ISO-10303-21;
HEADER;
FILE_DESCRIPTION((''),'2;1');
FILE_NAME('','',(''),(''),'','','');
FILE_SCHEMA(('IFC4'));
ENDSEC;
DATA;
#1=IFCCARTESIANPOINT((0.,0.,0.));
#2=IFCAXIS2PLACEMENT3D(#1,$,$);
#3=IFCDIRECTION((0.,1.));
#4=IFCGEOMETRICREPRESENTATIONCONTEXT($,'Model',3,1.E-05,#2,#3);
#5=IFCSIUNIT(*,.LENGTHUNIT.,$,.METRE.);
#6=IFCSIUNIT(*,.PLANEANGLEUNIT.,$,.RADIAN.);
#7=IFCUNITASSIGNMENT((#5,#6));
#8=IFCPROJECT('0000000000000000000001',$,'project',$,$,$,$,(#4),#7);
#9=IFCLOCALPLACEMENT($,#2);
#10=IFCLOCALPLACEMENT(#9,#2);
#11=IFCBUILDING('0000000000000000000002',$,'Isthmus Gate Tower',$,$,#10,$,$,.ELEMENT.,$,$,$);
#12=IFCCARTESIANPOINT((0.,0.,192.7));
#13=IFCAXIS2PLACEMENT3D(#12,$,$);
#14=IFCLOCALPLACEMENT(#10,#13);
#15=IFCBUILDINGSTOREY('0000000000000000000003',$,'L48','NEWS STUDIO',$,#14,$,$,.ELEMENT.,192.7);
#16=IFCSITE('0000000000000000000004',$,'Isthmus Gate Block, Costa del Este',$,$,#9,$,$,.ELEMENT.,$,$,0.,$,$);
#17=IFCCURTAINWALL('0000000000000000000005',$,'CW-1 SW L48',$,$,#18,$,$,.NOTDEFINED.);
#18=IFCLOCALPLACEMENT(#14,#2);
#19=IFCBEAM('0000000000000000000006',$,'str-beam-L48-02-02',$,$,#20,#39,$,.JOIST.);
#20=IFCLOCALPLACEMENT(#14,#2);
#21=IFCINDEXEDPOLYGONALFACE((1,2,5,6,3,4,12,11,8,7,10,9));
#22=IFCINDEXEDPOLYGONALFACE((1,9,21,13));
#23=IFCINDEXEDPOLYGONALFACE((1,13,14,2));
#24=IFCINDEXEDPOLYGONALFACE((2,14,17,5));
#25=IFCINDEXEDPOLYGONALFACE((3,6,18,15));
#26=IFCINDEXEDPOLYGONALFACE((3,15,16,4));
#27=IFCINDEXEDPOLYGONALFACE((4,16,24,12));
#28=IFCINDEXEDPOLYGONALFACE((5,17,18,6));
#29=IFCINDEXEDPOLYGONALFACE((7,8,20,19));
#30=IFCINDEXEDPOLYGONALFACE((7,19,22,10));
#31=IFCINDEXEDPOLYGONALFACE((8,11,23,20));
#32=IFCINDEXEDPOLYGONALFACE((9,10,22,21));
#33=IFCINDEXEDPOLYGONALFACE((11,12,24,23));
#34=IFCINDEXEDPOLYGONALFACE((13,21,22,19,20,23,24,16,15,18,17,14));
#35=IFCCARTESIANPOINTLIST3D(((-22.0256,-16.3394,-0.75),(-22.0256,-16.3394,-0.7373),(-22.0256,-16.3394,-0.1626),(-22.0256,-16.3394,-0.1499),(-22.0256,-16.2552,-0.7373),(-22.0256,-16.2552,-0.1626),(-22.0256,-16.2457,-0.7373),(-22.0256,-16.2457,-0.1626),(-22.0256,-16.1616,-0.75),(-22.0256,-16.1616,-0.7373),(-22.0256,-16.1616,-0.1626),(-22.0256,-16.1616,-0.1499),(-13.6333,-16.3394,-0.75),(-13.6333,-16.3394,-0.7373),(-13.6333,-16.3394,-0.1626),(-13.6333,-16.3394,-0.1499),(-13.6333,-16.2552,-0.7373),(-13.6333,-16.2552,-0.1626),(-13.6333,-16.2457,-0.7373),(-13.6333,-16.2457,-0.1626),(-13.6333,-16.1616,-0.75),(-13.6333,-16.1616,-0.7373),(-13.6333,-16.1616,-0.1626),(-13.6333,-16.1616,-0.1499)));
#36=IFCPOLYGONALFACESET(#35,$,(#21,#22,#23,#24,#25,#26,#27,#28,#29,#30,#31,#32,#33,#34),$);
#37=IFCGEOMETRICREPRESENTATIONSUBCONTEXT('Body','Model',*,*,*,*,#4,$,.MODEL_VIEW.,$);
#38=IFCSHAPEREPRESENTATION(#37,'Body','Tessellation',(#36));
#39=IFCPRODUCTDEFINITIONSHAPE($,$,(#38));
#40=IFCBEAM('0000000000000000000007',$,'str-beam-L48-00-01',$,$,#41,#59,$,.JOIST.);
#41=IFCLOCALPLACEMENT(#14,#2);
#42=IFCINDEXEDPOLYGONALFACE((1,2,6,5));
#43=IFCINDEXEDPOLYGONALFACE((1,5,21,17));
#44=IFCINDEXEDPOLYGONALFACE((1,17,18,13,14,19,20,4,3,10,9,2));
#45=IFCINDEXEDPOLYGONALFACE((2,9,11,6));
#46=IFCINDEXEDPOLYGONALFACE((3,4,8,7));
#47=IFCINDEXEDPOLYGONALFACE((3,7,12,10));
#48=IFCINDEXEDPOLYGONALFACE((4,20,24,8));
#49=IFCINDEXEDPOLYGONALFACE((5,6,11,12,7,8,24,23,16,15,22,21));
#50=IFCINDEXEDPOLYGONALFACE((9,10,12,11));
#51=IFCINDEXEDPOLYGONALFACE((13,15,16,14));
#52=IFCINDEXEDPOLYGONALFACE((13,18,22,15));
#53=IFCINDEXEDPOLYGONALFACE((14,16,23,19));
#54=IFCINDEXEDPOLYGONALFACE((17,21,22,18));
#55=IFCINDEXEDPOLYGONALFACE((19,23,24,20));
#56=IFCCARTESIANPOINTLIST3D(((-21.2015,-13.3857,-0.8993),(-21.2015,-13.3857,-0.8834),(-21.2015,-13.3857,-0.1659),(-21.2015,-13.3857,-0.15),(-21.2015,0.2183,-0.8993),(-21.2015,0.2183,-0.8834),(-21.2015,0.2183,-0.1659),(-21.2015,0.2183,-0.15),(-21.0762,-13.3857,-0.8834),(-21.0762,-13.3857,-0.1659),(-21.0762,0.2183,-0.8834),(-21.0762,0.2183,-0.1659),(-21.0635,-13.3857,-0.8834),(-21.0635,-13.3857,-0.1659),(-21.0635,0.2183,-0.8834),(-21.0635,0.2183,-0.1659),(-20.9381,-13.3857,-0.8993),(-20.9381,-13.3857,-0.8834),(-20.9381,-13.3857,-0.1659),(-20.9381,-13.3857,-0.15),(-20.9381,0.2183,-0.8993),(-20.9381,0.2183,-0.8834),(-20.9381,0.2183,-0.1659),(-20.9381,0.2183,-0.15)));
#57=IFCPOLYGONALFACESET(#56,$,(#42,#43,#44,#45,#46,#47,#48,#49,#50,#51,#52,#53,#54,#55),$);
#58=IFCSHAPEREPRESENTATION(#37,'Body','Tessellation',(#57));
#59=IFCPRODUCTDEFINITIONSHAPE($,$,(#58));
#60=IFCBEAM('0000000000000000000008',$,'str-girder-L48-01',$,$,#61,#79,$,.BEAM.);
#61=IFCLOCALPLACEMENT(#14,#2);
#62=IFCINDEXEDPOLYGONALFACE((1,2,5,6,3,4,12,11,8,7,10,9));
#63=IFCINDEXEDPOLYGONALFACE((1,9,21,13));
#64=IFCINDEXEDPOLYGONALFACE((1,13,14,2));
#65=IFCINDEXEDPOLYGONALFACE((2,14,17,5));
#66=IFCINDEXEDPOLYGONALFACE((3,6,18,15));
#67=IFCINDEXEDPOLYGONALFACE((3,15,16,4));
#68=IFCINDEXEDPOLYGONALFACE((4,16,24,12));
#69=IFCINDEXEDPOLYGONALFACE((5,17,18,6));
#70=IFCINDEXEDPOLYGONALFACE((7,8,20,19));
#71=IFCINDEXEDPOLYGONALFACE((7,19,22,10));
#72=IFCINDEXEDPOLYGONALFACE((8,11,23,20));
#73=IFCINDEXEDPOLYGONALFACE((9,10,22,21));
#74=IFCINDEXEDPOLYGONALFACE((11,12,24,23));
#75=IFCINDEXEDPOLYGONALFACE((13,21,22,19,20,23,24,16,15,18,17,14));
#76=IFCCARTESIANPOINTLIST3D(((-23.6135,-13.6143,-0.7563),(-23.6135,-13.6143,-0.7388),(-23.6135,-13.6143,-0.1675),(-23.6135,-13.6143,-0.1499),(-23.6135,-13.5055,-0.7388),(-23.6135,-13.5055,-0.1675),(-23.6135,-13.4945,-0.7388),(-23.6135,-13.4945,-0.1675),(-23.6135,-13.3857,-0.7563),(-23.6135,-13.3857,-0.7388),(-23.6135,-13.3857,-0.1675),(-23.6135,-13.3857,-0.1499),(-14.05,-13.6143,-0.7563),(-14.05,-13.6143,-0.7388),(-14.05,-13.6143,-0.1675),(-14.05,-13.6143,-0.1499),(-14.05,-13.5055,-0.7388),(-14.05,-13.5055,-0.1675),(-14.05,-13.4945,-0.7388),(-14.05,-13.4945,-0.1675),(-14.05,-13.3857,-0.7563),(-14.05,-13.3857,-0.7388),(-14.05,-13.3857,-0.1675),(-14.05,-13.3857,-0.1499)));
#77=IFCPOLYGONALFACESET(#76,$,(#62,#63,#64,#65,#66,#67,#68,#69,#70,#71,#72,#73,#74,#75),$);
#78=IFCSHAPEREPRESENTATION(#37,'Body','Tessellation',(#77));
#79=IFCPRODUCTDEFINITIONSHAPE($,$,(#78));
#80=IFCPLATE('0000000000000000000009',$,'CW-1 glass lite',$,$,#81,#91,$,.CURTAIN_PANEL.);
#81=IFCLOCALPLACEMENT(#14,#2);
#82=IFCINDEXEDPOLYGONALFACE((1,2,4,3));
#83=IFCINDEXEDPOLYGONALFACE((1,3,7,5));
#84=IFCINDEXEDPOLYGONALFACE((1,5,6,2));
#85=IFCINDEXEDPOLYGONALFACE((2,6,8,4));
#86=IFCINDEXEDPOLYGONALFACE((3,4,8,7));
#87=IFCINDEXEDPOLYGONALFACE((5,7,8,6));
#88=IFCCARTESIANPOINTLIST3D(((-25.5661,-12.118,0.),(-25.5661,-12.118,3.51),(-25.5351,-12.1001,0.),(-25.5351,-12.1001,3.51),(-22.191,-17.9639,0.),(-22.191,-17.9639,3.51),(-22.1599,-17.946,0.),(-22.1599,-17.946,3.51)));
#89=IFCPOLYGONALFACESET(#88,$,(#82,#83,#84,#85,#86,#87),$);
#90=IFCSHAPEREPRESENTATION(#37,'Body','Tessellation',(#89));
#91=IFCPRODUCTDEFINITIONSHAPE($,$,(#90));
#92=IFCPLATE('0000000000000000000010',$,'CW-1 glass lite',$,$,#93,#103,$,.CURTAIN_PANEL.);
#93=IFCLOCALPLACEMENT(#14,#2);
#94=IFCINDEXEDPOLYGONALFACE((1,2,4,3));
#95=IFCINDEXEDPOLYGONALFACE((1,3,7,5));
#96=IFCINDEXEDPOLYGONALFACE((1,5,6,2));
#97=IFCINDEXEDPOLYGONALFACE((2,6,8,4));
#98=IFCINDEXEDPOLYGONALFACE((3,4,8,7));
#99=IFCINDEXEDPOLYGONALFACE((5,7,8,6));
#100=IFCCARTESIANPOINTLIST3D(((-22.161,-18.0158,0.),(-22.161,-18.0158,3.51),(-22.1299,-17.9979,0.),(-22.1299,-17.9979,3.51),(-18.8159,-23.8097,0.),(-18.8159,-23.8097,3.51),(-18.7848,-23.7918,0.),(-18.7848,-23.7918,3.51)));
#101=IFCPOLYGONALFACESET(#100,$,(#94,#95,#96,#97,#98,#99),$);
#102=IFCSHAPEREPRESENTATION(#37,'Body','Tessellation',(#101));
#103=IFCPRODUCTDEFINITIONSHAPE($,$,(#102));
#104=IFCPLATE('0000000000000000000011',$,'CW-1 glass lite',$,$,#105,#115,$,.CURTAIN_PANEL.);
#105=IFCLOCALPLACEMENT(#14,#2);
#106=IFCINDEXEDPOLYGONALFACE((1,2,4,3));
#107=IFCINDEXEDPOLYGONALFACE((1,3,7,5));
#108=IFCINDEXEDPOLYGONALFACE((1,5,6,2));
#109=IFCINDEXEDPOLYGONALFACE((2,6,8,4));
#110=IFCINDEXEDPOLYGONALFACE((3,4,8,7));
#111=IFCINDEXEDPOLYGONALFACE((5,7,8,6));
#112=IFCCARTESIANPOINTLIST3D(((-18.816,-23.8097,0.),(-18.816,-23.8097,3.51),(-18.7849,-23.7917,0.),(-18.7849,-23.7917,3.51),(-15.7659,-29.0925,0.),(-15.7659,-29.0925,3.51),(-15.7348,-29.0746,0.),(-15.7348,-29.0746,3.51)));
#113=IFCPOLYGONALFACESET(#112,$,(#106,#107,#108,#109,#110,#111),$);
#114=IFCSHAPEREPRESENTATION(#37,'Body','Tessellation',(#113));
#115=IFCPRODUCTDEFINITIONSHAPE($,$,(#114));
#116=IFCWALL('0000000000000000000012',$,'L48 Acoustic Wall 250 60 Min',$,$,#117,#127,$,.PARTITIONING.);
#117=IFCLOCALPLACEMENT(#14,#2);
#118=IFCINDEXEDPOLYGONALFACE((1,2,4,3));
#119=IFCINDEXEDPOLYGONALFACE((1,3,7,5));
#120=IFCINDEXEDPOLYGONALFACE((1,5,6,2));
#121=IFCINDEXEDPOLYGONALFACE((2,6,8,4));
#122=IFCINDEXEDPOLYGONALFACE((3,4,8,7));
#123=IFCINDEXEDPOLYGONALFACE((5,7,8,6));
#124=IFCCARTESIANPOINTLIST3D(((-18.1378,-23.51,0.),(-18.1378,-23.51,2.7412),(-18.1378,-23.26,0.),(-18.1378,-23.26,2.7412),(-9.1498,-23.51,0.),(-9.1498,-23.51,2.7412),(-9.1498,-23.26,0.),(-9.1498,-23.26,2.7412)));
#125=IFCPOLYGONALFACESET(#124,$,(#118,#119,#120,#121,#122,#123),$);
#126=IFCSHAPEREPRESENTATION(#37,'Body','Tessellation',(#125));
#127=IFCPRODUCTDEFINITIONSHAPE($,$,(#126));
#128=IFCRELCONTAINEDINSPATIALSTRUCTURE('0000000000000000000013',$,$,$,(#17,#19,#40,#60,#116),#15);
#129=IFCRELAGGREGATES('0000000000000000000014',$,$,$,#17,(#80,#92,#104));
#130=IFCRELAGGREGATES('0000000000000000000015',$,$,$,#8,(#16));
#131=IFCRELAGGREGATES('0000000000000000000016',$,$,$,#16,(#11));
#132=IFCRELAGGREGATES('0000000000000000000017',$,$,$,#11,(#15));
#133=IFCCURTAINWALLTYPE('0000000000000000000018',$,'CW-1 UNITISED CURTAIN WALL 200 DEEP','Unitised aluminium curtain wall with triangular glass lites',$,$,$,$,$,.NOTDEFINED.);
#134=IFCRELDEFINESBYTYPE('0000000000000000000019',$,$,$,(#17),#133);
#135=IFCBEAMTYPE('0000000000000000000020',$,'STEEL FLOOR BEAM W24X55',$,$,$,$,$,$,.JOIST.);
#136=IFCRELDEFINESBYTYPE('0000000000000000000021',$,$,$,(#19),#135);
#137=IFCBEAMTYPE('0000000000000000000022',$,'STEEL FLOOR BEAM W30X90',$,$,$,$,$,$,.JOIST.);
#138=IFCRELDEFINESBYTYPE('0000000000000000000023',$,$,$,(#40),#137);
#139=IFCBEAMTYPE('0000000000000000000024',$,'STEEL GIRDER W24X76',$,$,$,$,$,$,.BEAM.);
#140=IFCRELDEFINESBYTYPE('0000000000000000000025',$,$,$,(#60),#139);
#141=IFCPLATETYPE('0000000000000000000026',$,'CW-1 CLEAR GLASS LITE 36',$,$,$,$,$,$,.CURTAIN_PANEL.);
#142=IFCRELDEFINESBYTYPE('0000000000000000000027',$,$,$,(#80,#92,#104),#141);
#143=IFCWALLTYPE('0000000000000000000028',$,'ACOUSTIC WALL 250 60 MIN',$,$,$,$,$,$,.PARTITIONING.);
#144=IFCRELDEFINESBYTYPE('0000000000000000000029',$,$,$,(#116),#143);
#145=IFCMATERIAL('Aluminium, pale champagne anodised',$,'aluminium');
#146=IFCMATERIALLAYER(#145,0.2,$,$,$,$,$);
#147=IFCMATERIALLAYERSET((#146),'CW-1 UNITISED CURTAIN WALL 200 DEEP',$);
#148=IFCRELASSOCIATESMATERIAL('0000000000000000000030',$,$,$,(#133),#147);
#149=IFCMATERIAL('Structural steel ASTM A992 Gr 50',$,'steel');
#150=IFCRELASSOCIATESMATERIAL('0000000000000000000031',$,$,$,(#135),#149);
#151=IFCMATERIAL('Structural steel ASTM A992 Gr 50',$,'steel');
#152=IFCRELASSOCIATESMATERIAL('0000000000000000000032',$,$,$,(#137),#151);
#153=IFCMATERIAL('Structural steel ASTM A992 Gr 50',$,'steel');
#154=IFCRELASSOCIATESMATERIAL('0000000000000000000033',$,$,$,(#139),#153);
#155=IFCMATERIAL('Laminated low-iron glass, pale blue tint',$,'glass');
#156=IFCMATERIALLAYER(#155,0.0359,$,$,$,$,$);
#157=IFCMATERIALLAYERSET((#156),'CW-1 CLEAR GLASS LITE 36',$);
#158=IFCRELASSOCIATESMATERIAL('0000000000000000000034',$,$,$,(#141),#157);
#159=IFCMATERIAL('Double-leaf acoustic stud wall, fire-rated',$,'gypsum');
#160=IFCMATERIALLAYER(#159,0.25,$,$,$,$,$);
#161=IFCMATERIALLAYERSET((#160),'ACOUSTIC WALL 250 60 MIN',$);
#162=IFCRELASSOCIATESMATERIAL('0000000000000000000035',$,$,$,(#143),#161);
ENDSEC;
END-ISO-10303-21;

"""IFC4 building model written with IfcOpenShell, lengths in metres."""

from ifc_helpers import new_model, si_unit, direction, frame, frame_2d, origin, origin_2d, place, context, subcontext, project, spatial, rectangle, i_section, extrude, material, layer, layer_set, material_profile, profile_set, type_object, element, aggregate, save


model = new_model("IFC4")

# Units and contexts
model_context = context("Model", 3, precision=1e-05, world=origin(), true_north=direction((0.0, 1.0)))
body_context = subcontext(model_context, "Body", "Model", "MODEL_VIEW")
ifc_project = project(units=[si_unit("LENGTHUNIT", "METRE"), si_unit("PLANEANGLEUNIT", "RADIAN")], contexts=[model_context])

# Site, building, storey
site_placement = place(None, origin())
site = spatial("IfcSite", under=ifc_project, at=site_placement, Name="Isthmus Gate Block, Costa del Este", CompositionType="ELEMENT", RefElevation=0.0)
building_placement = place(site_placement, origin())
building = spatial("IfcBuilding", under=site, at=building_placement, Name="Isthmus Gate Tower", CompositionType="ELEMENT")
storey_placement = place(building_placement, frame((0.0, 0.0, 192.7)))
storey = spatial("IfcBuildingStorey", under=building, at=storey_placement, Name="L48", Description="NEWS STUDIO", CompositionType="ELEMENT", Elevation=192.7)

# Curtain wall
ifc_material_1 = material(Name="Aluminium, pale champagne anodised", Category="aluminium")
ifc_layer_1 = layer(ifc_material_1, 0.2)
ifc_layer_set_1 = layer_set([ifc_layer_1], Name="CW-1 UNITISED CURTAIN WALL 200 DEEP")
curtain_wall_type = type_object("IfcCurtainWallType", Name="CW-1 UNITISED CURTAIN WALL 200 DEEP", Description="Unitised aluminium curtain wall with triangular glass lites", PredefinedType="NOTDEFINED", material=ifc_layer_set_1)
curtain_wall_1_placement = place(storey_placement, origin())
curtain_wall_1 = element("IfcCurtainWall", 1, at=curtain_wall_1_placement, inside=storey, type_object=curtain_wall_type, Name="CW-1 SW L48", PredefinedType="NOTDEFINED")

# Beams
ifc_material_2 = material(Name="Structural steel ASTM A992 Gr 50", Category="steel")
ifc_material_profile_1 = material_profile(ifc_material_2, i_section(OverallWidth=0.1777, OverallDepth=0.6001, WebThickness=0.0095, FlangeThickness=0.0127, at=origin_2d()), Name="W24X55")
ifc_profile_set_1 = profile_set([ifc_material_profile_1], Name="Structural steel ASTM A992 Gr 50")
beam_type_1 = type_object("IfcBeamType", Name="STEEL FLOOR BEAM W24X55", PredefinedType="JOIST", material=ifc_profile_set_1)
beam_1_placement = place(storey_placement, frame((-22.0256, -16.2505, -0.45), z_axis=(1.0, 0.0, 0.0), x_axis=(0.0, 1.0, 0.0)))
element("IfcBeam", 2, at=beam_1_placement, inside=storey, type_object=beam_type_1, Name="str-beam-L48-02-02", PredefinedType="JOIST", context=body_context, shape_type="SweptSolid", body=[
    extrude(i_section(OverallWidth=0.1777, OverallDepth=0.6001, WebThickness=0.0095, FlangeThickness=0.0127, at=origin_2d()), origin(), (0.0, 0.0, 1.0), 8.3923),
])
ifc_material_3 = material(Name="Structural steel ASTM A992 Gr 50", Category="steel")
ifc_material_profile_2 = material_profile(ifc_material_3, i_section(OverallWidth=0.2634, OverallDepth=0.7493, WebThickness=0.0127, FlangeThickness=0.0159, at=origin_2d()), Name="W30X90")
ifc_profile_set_2 = profile_set([ifc_material_profile_2], Name="Structural steel ASTM A992 Gr 50")
beam_type_2 = type_object("IfcBeamType", Name="STEEL FLOOR BEAM W30X90", PredefinedType="JOIST", material=ifc_profile_set_2)
beam_2_placement = place(storey_placement, frame((-21.0698, -13.3857, -0.5247), z_axis=(0.0, 1.0, 0.0), x_axis=(-1.0, 0.0, 0.0)))
element("IfcBeam", 3, at=beam_2_placement, inside=storey, type_object=beam_type_2, Name="str-beam-L48-00-01", PredefinedType="JOIST", context=body_context, shape_type="SweptSolid", body=[
    extrude(i_section(OverallWidth=0.2634, OverallDepth=0.7493, WebThickness=0.0127, FlangeThickness=0.0159, at=origin_2d()), origin(), (0.0, 0.0, 1.0), 13.604),
])
ifc_material_4 = material(Name="Structural steel ASTM A992 Gr 50", Category="steel")
ifc_material_profile_3 = material_profile(ifc_material_4, i_section(OverallWidth=0.2285, OverallDepth=0.6064, WebThickness=0.011, FlangeThickness=0.0176, at=origin_2d()), Name="W24X76")
ifc_profile_set_3 = profile_set([ifc_material_profile_3], Name="Structural steel ASTM A992 Gr 50")
beam_type_3 = type_object("IfcBeamType", Name="STEEL GIRDER W24X76", PredefinedType="BEAM", material=ifc_profile_set_3)
beam_3_placement = place(storey_placement, frame((-23.6135, -13.5, -0.4531), z_axis=(1.0, 0.0, 0.0), x_axis=(0.0, 1.0, 0.0)))
element("IfcBeam", 4, at=beam_3_placement, inside=storey, type_object=beam_type_3, Name="str-girder-L48-01", PredefinedType="BEAM", context=body_context, shape_type="SweptSolid", body=[
    extrude(i_section(OverallWidth=0.2285, OverallDepth=0.6064, WebThickness=0.011, FlangeThickness=0.0176, at=origin_2d()), origin(), (0.0, 0.0, 1.0), 9.5635),
])

# Plates
ifc_material_5 = material(Name="Laminated low-iron glass, pale blue tint", Category="glass")
ifc_layer_2 = layer(ifc_material_5, 0.0359)
ifc_layer_set_2 = layer_set([ifc_layer_2], Name="CW-1 CLEAR GLASS LITE 36")
plate_type = type_object("IfcPlateType", Name="CW-1 CLEAR GLASS LITE 36", PredefinedType="CURTAIN_PANEL", material=ifc_layer_set_2)
plate_1_placement = place(storey_placement, frame((-23.863, -15.032, 0.0), z_axis=(0.0, 0.0, 1.0), x_axis=(0.5, -0.866025, 0.0)))
plate_1 = element("IfcPlate", 5, at=plate_1_placement, type_object=plate_type, Name="CW-1 glass lite", PredefinedType="CURTAIN_PANEL", context=body_context, shape_type="SweptSolid", body=[
    extrude(rectangle(XDim=6.7502, YDim=0.0359, at=origin_2d()), origin(), (0.0, 0.0, 1.0), 3.51),
])
plate_2_placement = place(storey_placement, frame((-20.4729, -20.9038, 0.0), z_axis=(0.0, 0.0, 1.0), x_axis=(0.5, -0.866025, 0.0)))
plate_2 = element("IfcPlate", 6, at=plate_2_placement, type_object=plate_type, Name="CW-1 glass lite", PredefinedType="CURTAIN_PANEL", context=body_context, shape_type="SweptSolid", body=[
    extrude(rectangle(XDim=6.6902, YDim=0.0359, at=origin_2d()), origin(), (0.0, 0.0, 1.0), 3.51),
])
plate_3_placement = place(storey_placement, frame((-17.2754, -26.4421, 0.0), z_axis=(0.0, 0.0, 1.0), x_axis=(0.5, -0.866025, 0.0)))
plate_3 = element("IfcPlate", 7, at=plate_3_placement, type_object=plate_type, Name="CW-1 glass lite", PredefinedType="CURTAIN_PANEL", context=body_context, shape_type="SweptSolid", body=[
    extrude(rectangle(XDim=6.1001, YDim=0.0359, at=origin_2d()), origin(), (0.0, 0.0, 1.0), 3.51),
])
aggregate(curtain_wall_1, [plate_1, plate_2, plate_3])

# Wall
ifc_material_6 = material(Name="Double-leaf acoustic stud wall, fire-rated", Category="gypsum")
ifc_layer_3 = layer(ifc_material_6, 0.25)
ifc_layer_set_3 = layer_set([ifc_layer_3], Name="ACOUSTIC WALL 250 60 MIN")
wall_type = type_object("IfcWallType", Name="ACOUSTIC WALL 250 60 MIN", PredefinedType="PARTITIONING", material=ifc_layer_set_3)
wall_placement = place(storey_placement, frame((-18.1379, -23.385, 0.0), z_axis=(0.0, 0.0, 1.0), x_axis=(1.0, 0.0, 0.0)))
element("IfcWall", 8, at=wall_placement, inside=storey, type_object=wall_type, Name="L48 Acoustic Wall 250 60 Min", PredefinedType="PARTITIONING", context=body_context, shape_type="SweptSolid", body=[
    extrude(rectangle(XDim=8.988, YDim=0.25, at=frame_2d((4.4941, 0.0))), origin(), (0.0, 0.0, 1.0), 2.7412),
])

save(model, "model.ifc")
